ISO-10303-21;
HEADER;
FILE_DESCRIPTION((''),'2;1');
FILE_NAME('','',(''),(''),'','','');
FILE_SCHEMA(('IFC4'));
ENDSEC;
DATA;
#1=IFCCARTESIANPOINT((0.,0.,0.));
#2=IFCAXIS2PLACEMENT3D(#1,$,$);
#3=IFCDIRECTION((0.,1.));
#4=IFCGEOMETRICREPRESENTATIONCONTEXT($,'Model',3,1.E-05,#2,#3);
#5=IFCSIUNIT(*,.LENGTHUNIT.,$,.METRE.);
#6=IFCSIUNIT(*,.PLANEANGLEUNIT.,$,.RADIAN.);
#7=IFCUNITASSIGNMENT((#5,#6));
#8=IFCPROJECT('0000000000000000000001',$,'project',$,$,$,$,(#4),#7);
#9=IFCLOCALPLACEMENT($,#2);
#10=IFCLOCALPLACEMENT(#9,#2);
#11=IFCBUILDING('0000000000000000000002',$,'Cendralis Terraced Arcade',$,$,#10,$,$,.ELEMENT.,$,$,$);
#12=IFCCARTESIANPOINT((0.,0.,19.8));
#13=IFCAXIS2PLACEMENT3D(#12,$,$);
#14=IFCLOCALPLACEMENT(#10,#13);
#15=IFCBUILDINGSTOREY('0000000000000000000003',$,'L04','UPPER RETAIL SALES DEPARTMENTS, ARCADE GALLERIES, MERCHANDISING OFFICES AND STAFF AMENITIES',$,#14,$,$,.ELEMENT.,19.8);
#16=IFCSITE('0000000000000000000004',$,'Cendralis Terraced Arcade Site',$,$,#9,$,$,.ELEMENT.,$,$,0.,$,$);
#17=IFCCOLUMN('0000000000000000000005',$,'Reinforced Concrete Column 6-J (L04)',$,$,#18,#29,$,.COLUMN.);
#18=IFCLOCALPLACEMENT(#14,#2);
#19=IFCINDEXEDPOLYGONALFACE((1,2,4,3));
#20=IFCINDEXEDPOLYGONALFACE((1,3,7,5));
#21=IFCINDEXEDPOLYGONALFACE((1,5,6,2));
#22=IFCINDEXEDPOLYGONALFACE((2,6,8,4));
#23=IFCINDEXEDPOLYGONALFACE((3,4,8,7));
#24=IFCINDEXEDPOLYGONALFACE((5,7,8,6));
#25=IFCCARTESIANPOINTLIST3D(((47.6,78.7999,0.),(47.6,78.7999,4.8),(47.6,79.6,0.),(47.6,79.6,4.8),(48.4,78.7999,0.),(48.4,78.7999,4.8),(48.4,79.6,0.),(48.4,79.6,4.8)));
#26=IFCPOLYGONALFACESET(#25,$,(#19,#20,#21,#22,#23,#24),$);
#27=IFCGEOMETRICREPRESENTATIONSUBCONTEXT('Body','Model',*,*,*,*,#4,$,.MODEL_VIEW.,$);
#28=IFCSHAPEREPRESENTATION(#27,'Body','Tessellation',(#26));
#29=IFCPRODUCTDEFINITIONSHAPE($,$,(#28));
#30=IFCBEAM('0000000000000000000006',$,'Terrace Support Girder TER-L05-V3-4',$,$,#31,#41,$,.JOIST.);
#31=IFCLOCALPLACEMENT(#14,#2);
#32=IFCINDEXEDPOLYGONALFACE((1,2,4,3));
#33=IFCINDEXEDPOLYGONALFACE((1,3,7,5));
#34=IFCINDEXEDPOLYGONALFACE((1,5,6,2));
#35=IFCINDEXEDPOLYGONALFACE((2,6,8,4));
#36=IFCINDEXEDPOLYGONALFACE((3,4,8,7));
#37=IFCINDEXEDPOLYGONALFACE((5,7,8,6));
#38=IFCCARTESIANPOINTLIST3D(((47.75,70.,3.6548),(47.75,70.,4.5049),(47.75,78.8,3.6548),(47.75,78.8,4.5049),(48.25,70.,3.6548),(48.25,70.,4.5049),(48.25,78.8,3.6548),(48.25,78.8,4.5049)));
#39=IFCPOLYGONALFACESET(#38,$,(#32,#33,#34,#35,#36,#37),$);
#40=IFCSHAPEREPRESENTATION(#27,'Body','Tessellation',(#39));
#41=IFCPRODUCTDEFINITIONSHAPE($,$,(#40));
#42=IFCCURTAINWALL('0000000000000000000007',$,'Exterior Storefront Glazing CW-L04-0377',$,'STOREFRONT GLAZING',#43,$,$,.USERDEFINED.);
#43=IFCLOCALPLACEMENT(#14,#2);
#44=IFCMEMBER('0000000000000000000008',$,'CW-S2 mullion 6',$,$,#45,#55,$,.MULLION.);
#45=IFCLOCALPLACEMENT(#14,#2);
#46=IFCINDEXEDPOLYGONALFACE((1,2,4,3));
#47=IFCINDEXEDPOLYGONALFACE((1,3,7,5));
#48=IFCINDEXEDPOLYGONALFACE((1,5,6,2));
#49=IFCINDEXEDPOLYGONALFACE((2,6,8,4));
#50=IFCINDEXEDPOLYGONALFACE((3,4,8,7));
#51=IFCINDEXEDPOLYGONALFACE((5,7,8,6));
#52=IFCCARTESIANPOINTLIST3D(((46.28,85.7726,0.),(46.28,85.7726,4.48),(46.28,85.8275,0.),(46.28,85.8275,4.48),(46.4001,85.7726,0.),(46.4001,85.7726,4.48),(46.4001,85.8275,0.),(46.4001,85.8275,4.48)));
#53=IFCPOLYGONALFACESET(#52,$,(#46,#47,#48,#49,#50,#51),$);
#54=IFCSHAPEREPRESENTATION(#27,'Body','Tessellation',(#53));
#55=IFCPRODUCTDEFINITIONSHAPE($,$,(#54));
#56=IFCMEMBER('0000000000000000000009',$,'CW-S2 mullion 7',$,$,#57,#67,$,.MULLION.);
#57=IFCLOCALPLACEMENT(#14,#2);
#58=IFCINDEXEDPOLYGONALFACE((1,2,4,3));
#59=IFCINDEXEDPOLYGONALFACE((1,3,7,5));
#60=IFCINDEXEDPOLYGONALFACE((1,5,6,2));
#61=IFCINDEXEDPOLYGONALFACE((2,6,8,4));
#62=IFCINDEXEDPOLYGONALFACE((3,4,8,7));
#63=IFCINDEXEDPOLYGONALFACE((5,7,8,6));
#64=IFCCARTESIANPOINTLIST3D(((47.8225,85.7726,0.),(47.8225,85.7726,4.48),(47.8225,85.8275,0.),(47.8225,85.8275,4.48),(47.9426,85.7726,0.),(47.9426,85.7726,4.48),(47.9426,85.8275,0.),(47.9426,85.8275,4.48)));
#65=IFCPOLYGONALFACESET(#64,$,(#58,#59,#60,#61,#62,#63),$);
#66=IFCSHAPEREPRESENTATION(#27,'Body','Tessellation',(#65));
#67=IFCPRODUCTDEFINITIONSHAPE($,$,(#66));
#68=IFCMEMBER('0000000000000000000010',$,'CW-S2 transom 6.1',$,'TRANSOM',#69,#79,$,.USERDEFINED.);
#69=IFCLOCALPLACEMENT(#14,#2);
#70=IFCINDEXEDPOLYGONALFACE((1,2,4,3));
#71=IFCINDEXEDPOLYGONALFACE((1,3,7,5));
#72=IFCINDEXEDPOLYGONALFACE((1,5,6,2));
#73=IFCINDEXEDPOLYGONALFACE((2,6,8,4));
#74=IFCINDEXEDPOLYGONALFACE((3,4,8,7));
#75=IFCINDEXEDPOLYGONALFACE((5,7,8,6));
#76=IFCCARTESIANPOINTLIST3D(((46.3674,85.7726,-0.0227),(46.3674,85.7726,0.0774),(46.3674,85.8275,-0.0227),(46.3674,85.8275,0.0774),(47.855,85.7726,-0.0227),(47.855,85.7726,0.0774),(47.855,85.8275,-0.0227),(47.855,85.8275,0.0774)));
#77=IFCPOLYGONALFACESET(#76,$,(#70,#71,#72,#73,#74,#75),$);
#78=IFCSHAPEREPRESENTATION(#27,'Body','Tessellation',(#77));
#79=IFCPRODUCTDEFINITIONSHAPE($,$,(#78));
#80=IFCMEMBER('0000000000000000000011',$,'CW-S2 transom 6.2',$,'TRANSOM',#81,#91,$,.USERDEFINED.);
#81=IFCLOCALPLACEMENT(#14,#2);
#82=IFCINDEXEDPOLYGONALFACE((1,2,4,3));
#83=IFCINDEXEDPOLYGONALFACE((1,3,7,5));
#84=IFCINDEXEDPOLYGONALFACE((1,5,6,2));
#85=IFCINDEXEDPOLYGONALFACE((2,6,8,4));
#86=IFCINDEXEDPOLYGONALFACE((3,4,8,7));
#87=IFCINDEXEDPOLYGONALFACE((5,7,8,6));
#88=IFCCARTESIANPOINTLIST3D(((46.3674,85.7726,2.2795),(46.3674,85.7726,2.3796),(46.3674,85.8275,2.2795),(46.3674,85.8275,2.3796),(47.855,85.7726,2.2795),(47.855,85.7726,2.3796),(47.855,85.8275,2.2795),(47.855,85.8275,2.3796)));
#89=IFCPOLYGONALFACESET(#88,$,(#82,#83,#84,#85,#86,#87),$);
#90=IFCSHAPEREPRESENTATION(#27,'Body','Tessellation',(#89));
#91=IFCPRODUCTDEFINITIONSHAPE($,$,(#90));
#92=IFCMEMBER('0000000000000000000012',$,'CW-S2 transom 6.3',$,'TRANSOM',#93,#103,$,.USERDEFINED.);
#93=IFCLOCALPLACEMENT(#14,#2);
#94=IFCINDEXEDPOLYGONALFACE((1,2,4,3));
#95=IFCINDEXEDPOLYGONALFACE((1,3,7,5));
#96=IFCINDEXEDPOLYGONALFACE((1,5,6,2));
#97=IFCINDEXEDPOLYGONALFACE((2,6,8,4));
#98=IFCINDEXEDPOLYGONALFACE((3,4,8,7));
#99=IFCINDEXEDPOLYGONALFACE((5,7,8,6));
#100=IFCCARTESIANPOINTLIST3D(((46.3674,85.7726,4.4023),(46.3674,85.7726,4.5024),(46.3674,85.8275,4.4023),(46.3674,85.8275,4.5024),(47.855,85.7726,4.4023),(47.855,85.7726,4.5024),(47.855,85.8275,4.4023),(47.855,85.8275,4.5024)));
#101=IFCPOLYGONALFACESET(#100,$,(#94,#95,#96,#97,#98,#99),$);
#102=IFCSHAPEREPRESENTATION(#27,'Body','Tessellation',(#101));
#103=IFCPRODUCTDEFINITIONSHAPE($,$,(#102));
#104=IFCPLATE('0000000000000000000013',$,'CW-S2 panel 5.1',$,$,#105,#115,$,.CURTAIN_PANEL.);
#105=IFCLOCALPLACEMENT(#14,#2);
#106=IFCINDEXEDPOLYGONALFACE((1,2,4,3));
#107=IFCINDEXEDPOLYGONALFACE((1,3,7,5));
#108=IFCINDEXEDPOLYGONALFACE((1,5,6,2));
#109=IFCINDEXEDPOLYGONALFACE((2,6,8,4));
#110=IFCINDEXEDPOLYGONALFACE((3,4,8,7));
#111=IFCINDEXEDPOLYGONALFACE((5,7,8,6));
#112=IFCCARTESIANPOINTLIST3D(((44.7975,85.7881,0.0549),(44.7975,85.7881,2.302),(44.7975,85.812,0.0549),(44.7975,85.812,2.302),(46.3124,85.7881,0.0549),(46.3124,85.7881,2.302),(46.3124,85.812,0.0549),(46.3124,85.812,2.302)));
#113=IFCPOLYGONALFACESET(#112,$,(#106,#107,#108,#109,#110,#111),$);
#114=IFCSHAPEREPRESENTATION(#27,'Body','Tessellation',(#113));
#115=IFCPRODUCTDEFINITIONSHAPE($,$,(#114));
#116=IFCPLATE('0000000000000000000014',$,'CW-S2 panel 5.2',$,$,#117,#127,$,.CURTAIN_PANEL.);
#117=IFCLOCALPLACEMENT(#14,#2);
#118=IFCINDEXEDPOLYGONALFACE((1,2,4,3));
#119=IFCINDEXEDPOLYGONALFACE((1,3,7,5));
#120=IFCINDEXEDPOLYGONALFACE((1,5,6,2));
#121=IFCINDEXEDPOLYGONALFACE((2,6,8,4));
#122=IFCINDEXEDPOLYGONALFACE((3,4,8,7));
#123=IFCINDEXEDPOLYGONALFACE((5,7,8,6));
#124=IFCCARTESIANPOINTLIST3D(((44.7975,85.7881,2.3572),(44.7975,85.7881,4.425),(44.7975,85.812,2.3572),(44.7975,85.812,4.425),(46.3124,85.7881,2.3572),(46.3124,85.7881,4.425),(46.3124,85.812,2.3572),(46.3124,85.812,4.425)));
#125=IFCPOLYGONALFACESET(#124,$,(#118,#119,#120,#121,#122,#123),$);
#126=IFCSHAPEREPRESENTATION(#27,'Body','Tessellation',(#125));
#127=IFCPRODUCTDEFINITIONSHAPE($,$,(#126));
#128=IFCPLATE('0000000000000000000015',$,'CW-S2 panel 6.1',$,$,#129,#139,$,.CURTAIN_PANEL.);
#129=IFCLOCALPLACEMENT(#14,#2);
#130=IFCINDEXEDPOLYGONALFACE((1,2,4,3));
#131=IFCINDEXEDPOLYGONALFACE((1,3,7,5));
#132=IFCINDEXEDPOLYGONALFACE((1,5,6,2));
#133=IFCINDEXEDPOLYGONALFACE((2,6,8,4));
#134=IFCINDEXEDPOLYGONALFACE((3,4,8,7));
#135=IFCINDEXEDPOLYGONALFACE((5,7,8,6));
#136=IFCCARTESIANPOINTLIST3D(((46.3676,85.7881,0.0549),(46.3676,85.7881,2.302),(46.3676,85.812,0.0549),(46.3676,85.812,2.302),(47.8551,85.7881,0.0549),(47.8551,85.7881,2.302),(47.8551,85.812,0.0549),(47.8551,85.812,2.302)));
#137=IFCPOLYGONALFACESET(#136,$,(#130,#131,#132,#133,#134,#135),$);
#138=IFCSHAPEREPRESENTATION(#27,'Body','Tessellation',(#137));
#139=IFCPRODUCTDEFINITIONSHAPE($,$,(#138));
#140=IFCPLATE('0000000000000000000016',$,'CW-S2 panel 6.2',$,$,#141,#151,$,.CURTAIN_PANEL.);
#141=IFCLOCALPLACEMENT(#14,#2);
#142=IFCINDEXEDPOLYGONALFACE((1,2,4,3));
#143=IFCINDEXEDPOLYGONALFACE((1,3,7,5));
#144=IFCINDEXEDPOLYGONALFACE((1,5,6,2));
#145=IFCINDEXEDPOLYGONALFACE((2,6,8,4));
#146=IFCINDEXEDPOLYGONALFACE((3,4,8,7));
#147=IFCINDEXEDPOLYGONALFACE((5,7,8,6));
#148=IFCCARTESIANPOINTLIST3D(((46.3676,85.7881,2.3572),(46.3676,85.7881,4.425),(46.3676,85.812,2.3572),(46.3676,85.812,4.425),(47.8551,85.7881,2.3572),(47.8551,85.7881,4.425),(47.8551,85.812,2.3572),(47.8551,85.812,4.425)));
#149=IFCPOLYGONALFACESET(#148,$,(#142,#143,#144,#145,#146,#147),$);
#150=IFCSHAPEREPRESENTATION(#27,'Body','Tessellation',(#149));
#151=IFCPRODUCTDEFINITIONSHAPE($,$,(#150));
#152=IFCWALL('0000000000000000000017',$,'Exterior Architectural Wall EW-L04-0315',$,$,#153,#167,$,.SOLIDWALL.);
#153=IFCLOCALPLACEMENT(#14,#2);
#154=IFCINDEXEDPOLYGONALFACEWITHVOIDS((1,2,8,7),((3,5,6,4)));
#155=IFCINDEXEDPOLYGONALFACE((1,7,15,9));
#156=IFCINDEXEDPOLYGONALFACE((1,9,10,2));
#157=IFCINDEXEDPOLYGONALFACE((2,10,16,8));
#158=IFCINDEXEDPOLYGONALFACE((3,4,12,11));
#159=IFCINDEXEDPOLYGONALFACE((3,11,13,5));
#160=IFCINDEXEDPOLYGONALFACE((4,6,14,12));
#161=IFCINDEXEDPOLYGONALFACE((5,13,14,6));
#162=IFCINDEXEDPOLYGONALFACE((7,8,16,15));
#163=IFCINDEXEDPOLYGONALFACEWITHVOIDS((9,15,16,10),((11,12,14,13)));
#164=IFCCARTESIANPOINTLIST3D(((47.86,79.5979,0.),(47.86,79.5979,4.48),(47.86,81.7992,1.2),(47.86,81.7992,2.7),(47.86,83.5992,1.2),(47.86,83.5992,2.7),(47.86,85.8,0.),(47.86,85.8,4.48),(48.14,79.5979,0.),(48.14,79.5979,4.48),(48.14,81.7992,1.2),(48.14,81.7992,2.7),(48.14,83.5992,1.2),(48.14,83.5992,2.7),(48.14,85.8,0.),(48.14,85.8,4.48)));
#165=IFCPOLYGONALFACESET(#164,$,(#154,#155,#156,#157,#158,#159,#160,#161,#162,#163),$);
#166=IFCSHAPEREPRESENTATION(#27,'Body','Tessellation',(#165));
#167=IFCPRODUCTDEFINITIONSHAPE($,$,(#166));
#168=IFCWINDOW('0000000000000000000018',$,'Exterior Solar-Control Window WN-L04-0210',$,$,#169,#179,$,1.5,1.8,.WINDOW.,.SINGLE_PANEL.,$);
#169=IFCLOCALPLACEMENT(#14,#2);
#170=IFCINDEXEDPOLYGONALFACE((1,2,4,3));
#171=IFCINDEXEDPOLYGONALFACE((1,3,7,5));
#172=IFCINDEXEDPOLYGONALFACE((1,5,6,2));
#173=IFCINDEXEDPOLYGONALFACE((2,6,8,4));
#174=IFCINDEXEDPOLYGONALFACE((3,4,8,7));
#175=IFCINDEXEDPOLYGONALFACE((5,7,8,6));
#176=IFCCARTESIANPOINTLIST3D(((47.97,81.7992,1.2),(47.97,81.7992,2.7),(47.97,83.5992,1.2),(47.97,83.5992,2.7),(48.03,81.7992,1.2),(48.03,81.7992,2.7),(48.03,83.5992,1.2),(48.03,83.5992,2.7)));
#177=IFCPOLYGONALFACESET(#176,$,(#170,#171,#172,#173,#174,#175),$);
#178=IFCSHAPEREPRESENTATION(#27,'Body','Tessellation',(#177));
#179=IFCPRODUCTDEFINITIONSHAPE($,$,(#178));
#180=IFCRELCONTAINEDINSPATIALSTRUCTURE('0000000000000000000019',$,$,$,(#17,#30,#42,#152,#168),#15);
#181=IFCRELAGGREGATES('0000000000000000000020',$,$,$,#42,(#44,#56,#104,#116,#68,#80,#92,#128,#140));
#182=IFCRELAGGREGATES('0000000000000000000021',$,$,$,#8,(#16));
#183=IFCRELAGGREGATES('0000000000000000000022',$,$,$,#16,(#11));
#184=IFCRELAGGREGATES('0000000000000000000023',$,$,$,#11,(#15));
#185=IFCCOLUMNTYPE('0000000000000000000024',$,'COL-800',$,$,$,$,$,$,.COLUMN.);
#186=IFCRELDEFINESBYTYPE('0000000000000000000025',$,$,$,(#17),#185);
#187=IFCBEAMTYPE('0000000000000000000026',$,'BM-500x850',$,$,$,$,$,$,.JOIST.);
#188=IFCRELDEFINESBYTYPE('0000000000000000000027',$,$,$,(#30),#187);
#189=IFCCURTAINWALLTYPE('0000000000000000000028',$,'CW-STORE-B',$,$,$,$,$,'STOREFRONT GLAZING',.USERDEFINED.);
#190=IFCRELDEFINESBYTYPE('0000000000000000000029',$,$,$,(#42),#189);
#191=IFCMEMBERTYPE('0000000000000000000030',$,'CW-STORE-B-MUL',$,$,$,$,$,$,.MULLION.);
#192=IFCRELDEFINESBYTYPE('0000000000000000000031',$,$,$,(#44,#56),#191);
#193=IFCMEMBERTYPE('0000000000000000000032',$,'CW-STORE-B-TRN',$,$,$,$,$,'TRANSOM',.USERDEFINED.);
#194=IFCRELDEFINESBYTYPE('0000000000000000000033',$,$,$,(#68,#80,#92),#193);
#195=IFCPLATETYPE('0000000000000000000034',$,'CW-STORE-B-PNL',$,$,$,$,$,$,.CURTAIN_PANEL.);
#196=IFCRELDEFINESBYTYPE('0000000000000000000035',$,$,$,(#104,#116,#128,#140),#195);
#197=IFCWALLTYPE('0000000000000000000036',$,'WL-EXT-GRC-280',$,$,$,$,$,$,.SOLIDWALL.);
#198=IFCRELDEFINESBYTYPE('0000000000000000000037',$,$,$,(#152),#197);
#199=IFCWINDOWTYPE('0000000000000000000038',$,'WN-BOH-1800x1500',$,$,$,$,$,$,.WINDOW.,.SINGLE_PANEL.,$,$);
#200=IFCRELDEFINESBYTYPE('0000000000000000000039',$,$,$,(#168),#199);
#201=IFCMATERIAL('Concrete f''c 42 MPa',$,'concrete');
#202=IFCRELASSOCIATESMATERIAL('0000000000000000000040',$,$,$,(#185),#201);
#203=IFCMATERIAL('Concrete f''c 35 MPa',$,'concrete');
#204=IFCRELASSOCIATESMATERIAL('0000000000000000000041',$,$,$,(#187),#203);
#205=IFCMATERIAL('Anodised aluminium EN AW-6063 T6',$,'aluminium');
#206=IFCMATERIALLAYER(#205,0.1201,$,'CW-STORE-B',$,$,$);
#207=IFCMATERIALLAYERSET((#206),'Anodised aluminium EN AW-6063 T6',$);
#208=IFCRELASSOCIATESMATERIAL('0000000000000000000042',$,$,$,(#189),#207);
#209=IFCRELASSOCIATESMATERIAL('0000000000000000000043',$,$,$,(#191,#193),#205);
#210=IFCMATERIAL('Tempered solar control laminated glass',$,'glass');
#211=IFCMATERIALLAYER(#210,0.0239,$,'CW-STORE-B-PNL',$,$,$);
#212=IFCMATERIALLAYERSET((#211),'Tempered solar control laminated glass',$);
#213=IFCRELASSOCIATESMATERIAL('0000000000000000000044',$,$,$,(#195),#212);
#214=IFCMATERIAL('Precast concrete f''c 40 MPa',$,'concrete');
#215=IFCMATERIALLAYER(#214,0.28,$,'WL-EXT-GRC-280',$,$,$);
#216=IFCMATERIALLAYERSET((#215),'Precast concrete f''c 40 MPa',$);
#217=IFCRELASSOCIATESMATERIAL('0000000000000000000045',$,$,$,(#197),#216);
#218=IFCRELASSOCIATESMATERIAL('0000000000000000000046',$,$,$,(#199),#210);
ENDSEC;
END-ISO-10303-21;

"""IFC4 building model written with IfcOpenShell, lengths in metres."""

from ifc_helpers import new_model, si_unit, direction, frame, frame_2d, origin, origin_2d, place, context, subcontext, project, spatial, rectangle, extrude, material, layer, layer_set, material_profile, profile_set, type_object, element, fill, aggregate, save


model = new_model("IFC4")

# Units and contexts
model_context = context("Model", 3, precision=1e-05, world=origin(), true_north=direction((0.0, 1.0)))
body_context = subcontext(model_context, "Body", "Model", "MODEL_VIEW")
ifc_project = project(units=[si_unit("LENGTHUNIT", "METRE"), si_unit("PLANEANGLEUNIT", "RADIAN")], contexts=[model_context])

# Site, building, storey
site_placement = place(None, origin())
site = spatial("IfcSite", under=ifc_project, at=site_placement, Name="Cendralis Terraced Arcade Site", CompositionType="ELEMENT", RefElevation=0.0)
building_placement = place(site_placement, origin())
building = spatial("IfcBuilding", under=site, at=building_placement, Name="Cendralis Terraced Arcade", CompositionType="ELEMENT")
storey_placement = place(building_placement, frame((0.0, 0.0, 19.8)))
storey = spatial("IfcBuildingStorey", under=building, at=storey_placement, Name="L04", Description="UPPER RETAIL SALES DEPARTMENTS, ARCADE GALLERIES, MERCHANDISING OFFICES AND STAFF AMENITIES", CompositionType="ELEMENT", Elevation=19.8)

# Column
ifc_material_1 = material(Name="Concrete f'c 42 MPa", Category="concrete")
ifc_material_profile_1 = material_profile(ifc_material_1, rectangle(XDim=0.8, YDim=0.8, at=origin_2d()), Name="RC-COL-800x800", Category="LoadBearing")
ifc_profile_set_1 = profile_set([ifc_material_profile_1], Name="Concrete f'c 42 MPa")
column_type = type_object("IfcColumnType", Name="COL-800", PredefinedType="COLUMN", material=ifc_profile_set_1)
column_placement = place(storey_placement, frame((48.0, 79.2, 0.0), z_axis=(0.0, 0.0, 1.0), x_axis=(1.0, 0.0, 0.0)))
element("IfcColumn", 1, at=column_placement, inside=storey, type_object=column_type, Name="Reinforced Concrete Column 6-J (L04)", PredefinedType="COLUMN", context=body_context, shape_type="SweptSolid", body=[
    extrude(rectangle(XDim=0.8, YDim=0.8, at=origin_2d()), origin(), (0.0, 0.0, 1.0), 4.8),
])

# Beam
ifc_material_2 = material(Name="Concrete f'c 35 MPa", Category="concrete")
ifc_material_profile_2 = material_profile(ifc_material_2, rectangle(XDim=0.5, YDim=0.8501, at=origin_2d()), Name="RC-BM-500x850", Category="LoadBearing")
ifc_profile_set_2 = profile_set([ifc_material_profile_2], Name="Concrete f'c 35 MPa")
beam_type = type_object("IfcBeamType", Name="BM-500x850", PredefinedType="JOIST", material=ifc_profile_set_2)
beam_placement = place(storey_placement, frame((48.0, 70.0, 4.0798), z_axis=(0.0, 1.0, 0.0), x_axis=(-1.0, 0.0, 0.0)))
element("IfcBeam", 2, at=beam_placement, inside=storey, type_object=beam_type, Name="Terrace Support Girder TER-L05-V3-4", PredefinedType="JOIST", context=body_context, shape_type="SweptSolid", body=[
    extrude(rectangle(XDim=0.5, YDim=0.8501, at=origin_2d()), origin(), (0.0, 0.0, 1.0), 8.8),
])

# Curtain wall, members, plates
ifc_material_3 = material(Name="Anodised aluminium EN AW-6063 T6", Category="aluminium")
ifc_layer_1 = layer(ifc_material_3, 0.1201, Name="CW-STORE-B")
ifc_layer_set_1 = layer_set([ifc_layer_1], Name="Anodised aluminium EN AW-6063 T6")
curtain_wall_type = type_object("IfcCurtainWallType", Name="CW-STORE-B", ElementType="STOREFRONT GLAZING", PredefinedType="USERDEFINED", material=ifc_layer_set_1)
curtain_wall_placement = place(storey_placement, origin())
curtain_wall = element("IfcCurtainWall", 3, at=curtain_wall_placement, inside=storey, type_object=curtain_wall_type, Name="Exterior Storefront Glazing CW-L04-0377", ObjectType="STOREFRONT GLAZING", PredefinedType="USERDEFINED")
ifc_material_profile_3 = material_profile(ifc_material_3, rectangle(XDim=0.0549, YDim=0.1201, at=origin_2d()), Name="ALU-MUL-55x120")
ifc_profile_set_3 = profile_set([ifc_material_profile_3], Name="Anodised aluminium EN AW-6063 T6")
member_type_1 = type_object("IfcMemberType", Name="CW-STORE-B-MUL", PredefinedType="MULLION", material=ifc_profile_set_3)
member_1_placement = place(storey_placement, frame((46.3401, 85.8, 0.0), z_axis=(0.0, 0.0, 1.0), x_axis=(0.0, 1.0, 0.0)))
member_1 = element("IfcMember", 4, at=member_1_placement, type_object=member_type_1, Name="CW-S2 mullion 6", PredefinedType="MULLION", context=body_context, shape_type="SweptSolid", body=[
    extrude(rectangle(XDim=0.0549, YDim=0.1201, at=origin_2d()), origin(), (0.0, 0.0, 1.0), 4.48),
])
member_2_placement = place(storey_placement, frame((47.8826, 85.8, 0.0), z_axis=(0.0, 0.0, 1.0), x_axis=(0.0, 1.0, 0.0)))
member_2 = element("IfcMember", 5, at=member_2_placement, type_object=member_type_1, Name="CW-S2 mullion 7", PredefinedType="MULLION", context=body_context, shape_type="SweptSolid", body=[
    extrude(rectangle(XDim=0.0549, YDim=0.1201, at=origin_2d()), origin(), (0.0, 0.0, 1.0), 4.48),
])
ifc_material_profile_4 = material_profile(ifc_material_3, rectangle(XDim=0.0549, YDim=0.1001, at=origin_2d()), Name="ALU-TRN-55x100")
ifc_profile_set_4 = profile_set([ifc_material_profile_4], Name="Anodised aluminium EN AW-6063 T6")
member_type_2 = type_object("IfcMemberType", Name="CW-STORE-B-TRN", ElementType="TRANSOM", PredefinedType="USERDEFINED", material=ifc_profile_set_4)
member_3_placement = place(storey_placement, frame((46.3674, 85.8, 0.0273), z_axis=(1.0, 0.0, 0.0), x_axis=(0.0, 1.0, 0.0)))
member_3 = element("IfcMember", 6, at=member_3_placement, type_object=member_type_2, Name="CW-S2 transom 6.1", ObjectType="TRANSOM", PredefinedType="USERDEFINED", context=body_context, shape_type="SweptSolid", body=[
    extrude(rectangle(XDim=0.0549, YDim=0.1001, at=origin_2d()), origin(), (0.0, 0.0, 1.0), 1.4875),
])
member_4_placement = place(storey_placement, frame((46.3674, 85.8, 2.3296), z_axis=(1.0, 0.0, 0.0), x_axis=(0.0, 1.0, 0.0)))
member_4 = element("IfcMember", 7, at=member_4_placement, type_object=member_type_2, Name="CW-S2 transom 6.2", ObjectType="TRANSOM", PredefinedType="USERDEFINED", context=body_context, shape_type="SweptSolid", body=[
    extrude(rectangle(XDim=0.0549, YDim=0.1001, at=origin_2d()), origin(), (0.0, 0.0, 1.0), 1.4875),
])
member_5_placement = place(storey_placement, frame((46.3674, 85.8, 4.4524), z_axis=(1.0, 0.0, 0.0), x_axis=(0.0, 1.0, 0.0)))
member_5 = element("IfcMember", 8, at=member_5_placement, type_object=member_type_2, Name="CW-S2 transom 6.3", ObjectType="TRANSOM", PredefinedType="USERDEFINED", context=body_context, shape_type="SweptSolid", body=[
    extrude(rectangle(XDim=0.0549, YDim=0.1001, at=origin_2d()), origin(), (0.0, 0.0, 1.0), 1.4875),
])
ifc_material_4 = material(Name="Tempered solar control laminated glass", Category="glass")
ifc_layer_2 = layer(ifc_material_4, 0.0239, Name="CW-STORE-B-PNL")
ifc_layer_set_2 = layer_set([ifc_layer_2], Name="Tempered solar control laminated glass")
plate_type = type_object("IfcPlateType", Name="CW-STORE-B-PNL", PredefinedType="CURTAIN_PANEL", material=ifc_layer_set_2)
plate_1_placement = place(storey_placement, frame((45.5549, 85.8, 0.0549), z_axis=(0.0, 0.0, 1.0), x_axis=(1.0, 0.0, 0.0)))
plate_1 = element("IfcPlate", 9, at=plate_1_placement, type_object=plate_type, Name="CW-S2 panel 5.1", PredefinedType="CURTAIN_PANEL", context=body_context, shape_type="SweptSolid", body=[
    extrude(rectangle(XDim=1.5149, YDim=0.0239, at=origin_2d()), origin(), (0.0, 0.0, 1.0), 2.2471),
])
plate_2_placement = place(storey_placement, frame((45.5549, 85.8, 2.3572), z_axis=(0.0, 0.0, 1.0), x_axis=(1.0, 0.0, 0.0)))
plate_2 = element("IfcPlate", 10, at=plate_2_placement, type_object=plate_type, Name="CW-S2 panel 5.2", PredefinedType="CURTAIN_PANEL", context=body_context, shape_type="SweptSolid", body=[
    extrude(rectangle(XDim=1.5149, YDim=0.0239, at=origin_2d()), origin(), (0.0, 0.0, 1.0), 2.0679),
])
plate_3_placement = place(storey_placement, frame((47.1113, 85.8, 0.0549), z_axis=(0.0, 0.0, 1.0), x_axis=(1.0, 0.0, 0.0)))
plate_3 = element("IfcPlate", 11, at=plate_3_placement, type_object=plate_type, Name="CW-S2 panel 6.1", PredefinedType="CURTAIN_PANEL", context=body_context, shape_type="SweptSolid", body=[
    extrude(rectangle(XDim=1.4875, YDim=0.0239, at=origin_2d()), origin(), (0.0, 0.0, 1.0), 2.2471),
])
plate_4_placement = place(storey_placement, frame((47.1113, 85.8, 2.3572), z_axis=(0.0, 0.0, 1.0), x_axis=(1.0, 0.0, 0.0)))
plate_4 = element("IfcPlate", 12, at=plate_4_placement, type_object=plate_type, Name="CW-S2 panel 6.2", PredefinedType="CURTAIN_PANEL", context=body_context, shape_type="SweptSolid", body=[
    extrude(rectangle(XDim=1.4875, YDim=0.0239, at=origin_2d()), origin(), (0.0, 0.0, 1.0), 2.0679),
])
aggregate(curtain_wall, [member_1, member_2, plate_1, plate_2, member_3, member_4, member_5, plate_3, plate_4])

# Wall, opening, window
ifc_material_5 = material(Name="Precast concrete f'c 40 MPa", Category="concrete")
ifc_layer_3 = layer(ifc_material_5, 0.28, Name="WL-EXT-GRC-280")
ifc_layer_set_3 = layer_set([ifc_layer_3], Name="Precast concrete f'c 40 MPa")
wall_type_1 = type_object("IfcWallType", Name="WL-EXT-GRC-280", PredefinedType="SOLIDWALL", material=ifc_layer_set_3)
wall_1_placement = place(storey_placement, frame((48.0, 85.8, 0.0), z_axis=(0.0, 0.0, 1.0), x_axis=(0.0, -1.0, 0.0)))
wall_1 = element("IfcWall", 13, at=wall_1_placement, inside=storey, type_object=wall_type_1, Name="Exterior Architectural Wall EW-L04-0315", PredefinedType="SOLIDWALL", context=body_context, shape_type="SweptSolid", body=[
    extrude(rectangle(XDim=6.2021, YDim=0.28, at=frame_2d((3.1011, 0.0))), origin(), (0.0, 0.0, 1.0), 4.48),
])
opening_1_placement = place(wall_1_placement, frame((2.2009, 0.0, 1.2)))
opening_1 = element("IfcOpeningElement", 14, at=opening_1_placement, cuts=wall_1, PredefinedType="OPENING", context=body_context, shape_type="SweptSolid", body=[
    extrude(rectangle(XDim=1.8, YDim=1.5, at=frame_2d((0.8999, 0.75))), frame((0.0, 0.1519, 0.0), z_axis=(0.0, -1.0, 0.0), x_axis=(1.0, 0.0, 0.0)), (0.0, 0.0, 1.0), 0.304),
])
window_type = type_object("IfcWindowType", Name="WN-BOH-1800x1500", PartitioningType="SINGLE_PANEL", PredefinedType="WINDOW", material=ifc_material_4)
window_placement = place(opening_1_placement, origin())
window = element("IfcWindow", 15, at=window_placement, inside=storey, type_object=window_type, Name="Exterior Solar-Control Window WN-L04-0210", OverallHeight=1.5, OverallWidth=1.8, PartitioningType="SINGLE_PANEL", PredefinedType="WINDOW", context=body_context, shape_type="SweptSolid", body=[
    extrude(rectangle(XDim=1.8, YDim=1.5, at=frame_2d((0.8999, 0.75))), frame((0.0, 0.03, 0.0), z_axis=(0.0, -1.0, 0.0), x_axis=(1.0, 0.0, 0.0)), (0.0, 0.0, 1.0), 0.0601),
])
fill(opening_1, window)

save(model, "model.ifc")
